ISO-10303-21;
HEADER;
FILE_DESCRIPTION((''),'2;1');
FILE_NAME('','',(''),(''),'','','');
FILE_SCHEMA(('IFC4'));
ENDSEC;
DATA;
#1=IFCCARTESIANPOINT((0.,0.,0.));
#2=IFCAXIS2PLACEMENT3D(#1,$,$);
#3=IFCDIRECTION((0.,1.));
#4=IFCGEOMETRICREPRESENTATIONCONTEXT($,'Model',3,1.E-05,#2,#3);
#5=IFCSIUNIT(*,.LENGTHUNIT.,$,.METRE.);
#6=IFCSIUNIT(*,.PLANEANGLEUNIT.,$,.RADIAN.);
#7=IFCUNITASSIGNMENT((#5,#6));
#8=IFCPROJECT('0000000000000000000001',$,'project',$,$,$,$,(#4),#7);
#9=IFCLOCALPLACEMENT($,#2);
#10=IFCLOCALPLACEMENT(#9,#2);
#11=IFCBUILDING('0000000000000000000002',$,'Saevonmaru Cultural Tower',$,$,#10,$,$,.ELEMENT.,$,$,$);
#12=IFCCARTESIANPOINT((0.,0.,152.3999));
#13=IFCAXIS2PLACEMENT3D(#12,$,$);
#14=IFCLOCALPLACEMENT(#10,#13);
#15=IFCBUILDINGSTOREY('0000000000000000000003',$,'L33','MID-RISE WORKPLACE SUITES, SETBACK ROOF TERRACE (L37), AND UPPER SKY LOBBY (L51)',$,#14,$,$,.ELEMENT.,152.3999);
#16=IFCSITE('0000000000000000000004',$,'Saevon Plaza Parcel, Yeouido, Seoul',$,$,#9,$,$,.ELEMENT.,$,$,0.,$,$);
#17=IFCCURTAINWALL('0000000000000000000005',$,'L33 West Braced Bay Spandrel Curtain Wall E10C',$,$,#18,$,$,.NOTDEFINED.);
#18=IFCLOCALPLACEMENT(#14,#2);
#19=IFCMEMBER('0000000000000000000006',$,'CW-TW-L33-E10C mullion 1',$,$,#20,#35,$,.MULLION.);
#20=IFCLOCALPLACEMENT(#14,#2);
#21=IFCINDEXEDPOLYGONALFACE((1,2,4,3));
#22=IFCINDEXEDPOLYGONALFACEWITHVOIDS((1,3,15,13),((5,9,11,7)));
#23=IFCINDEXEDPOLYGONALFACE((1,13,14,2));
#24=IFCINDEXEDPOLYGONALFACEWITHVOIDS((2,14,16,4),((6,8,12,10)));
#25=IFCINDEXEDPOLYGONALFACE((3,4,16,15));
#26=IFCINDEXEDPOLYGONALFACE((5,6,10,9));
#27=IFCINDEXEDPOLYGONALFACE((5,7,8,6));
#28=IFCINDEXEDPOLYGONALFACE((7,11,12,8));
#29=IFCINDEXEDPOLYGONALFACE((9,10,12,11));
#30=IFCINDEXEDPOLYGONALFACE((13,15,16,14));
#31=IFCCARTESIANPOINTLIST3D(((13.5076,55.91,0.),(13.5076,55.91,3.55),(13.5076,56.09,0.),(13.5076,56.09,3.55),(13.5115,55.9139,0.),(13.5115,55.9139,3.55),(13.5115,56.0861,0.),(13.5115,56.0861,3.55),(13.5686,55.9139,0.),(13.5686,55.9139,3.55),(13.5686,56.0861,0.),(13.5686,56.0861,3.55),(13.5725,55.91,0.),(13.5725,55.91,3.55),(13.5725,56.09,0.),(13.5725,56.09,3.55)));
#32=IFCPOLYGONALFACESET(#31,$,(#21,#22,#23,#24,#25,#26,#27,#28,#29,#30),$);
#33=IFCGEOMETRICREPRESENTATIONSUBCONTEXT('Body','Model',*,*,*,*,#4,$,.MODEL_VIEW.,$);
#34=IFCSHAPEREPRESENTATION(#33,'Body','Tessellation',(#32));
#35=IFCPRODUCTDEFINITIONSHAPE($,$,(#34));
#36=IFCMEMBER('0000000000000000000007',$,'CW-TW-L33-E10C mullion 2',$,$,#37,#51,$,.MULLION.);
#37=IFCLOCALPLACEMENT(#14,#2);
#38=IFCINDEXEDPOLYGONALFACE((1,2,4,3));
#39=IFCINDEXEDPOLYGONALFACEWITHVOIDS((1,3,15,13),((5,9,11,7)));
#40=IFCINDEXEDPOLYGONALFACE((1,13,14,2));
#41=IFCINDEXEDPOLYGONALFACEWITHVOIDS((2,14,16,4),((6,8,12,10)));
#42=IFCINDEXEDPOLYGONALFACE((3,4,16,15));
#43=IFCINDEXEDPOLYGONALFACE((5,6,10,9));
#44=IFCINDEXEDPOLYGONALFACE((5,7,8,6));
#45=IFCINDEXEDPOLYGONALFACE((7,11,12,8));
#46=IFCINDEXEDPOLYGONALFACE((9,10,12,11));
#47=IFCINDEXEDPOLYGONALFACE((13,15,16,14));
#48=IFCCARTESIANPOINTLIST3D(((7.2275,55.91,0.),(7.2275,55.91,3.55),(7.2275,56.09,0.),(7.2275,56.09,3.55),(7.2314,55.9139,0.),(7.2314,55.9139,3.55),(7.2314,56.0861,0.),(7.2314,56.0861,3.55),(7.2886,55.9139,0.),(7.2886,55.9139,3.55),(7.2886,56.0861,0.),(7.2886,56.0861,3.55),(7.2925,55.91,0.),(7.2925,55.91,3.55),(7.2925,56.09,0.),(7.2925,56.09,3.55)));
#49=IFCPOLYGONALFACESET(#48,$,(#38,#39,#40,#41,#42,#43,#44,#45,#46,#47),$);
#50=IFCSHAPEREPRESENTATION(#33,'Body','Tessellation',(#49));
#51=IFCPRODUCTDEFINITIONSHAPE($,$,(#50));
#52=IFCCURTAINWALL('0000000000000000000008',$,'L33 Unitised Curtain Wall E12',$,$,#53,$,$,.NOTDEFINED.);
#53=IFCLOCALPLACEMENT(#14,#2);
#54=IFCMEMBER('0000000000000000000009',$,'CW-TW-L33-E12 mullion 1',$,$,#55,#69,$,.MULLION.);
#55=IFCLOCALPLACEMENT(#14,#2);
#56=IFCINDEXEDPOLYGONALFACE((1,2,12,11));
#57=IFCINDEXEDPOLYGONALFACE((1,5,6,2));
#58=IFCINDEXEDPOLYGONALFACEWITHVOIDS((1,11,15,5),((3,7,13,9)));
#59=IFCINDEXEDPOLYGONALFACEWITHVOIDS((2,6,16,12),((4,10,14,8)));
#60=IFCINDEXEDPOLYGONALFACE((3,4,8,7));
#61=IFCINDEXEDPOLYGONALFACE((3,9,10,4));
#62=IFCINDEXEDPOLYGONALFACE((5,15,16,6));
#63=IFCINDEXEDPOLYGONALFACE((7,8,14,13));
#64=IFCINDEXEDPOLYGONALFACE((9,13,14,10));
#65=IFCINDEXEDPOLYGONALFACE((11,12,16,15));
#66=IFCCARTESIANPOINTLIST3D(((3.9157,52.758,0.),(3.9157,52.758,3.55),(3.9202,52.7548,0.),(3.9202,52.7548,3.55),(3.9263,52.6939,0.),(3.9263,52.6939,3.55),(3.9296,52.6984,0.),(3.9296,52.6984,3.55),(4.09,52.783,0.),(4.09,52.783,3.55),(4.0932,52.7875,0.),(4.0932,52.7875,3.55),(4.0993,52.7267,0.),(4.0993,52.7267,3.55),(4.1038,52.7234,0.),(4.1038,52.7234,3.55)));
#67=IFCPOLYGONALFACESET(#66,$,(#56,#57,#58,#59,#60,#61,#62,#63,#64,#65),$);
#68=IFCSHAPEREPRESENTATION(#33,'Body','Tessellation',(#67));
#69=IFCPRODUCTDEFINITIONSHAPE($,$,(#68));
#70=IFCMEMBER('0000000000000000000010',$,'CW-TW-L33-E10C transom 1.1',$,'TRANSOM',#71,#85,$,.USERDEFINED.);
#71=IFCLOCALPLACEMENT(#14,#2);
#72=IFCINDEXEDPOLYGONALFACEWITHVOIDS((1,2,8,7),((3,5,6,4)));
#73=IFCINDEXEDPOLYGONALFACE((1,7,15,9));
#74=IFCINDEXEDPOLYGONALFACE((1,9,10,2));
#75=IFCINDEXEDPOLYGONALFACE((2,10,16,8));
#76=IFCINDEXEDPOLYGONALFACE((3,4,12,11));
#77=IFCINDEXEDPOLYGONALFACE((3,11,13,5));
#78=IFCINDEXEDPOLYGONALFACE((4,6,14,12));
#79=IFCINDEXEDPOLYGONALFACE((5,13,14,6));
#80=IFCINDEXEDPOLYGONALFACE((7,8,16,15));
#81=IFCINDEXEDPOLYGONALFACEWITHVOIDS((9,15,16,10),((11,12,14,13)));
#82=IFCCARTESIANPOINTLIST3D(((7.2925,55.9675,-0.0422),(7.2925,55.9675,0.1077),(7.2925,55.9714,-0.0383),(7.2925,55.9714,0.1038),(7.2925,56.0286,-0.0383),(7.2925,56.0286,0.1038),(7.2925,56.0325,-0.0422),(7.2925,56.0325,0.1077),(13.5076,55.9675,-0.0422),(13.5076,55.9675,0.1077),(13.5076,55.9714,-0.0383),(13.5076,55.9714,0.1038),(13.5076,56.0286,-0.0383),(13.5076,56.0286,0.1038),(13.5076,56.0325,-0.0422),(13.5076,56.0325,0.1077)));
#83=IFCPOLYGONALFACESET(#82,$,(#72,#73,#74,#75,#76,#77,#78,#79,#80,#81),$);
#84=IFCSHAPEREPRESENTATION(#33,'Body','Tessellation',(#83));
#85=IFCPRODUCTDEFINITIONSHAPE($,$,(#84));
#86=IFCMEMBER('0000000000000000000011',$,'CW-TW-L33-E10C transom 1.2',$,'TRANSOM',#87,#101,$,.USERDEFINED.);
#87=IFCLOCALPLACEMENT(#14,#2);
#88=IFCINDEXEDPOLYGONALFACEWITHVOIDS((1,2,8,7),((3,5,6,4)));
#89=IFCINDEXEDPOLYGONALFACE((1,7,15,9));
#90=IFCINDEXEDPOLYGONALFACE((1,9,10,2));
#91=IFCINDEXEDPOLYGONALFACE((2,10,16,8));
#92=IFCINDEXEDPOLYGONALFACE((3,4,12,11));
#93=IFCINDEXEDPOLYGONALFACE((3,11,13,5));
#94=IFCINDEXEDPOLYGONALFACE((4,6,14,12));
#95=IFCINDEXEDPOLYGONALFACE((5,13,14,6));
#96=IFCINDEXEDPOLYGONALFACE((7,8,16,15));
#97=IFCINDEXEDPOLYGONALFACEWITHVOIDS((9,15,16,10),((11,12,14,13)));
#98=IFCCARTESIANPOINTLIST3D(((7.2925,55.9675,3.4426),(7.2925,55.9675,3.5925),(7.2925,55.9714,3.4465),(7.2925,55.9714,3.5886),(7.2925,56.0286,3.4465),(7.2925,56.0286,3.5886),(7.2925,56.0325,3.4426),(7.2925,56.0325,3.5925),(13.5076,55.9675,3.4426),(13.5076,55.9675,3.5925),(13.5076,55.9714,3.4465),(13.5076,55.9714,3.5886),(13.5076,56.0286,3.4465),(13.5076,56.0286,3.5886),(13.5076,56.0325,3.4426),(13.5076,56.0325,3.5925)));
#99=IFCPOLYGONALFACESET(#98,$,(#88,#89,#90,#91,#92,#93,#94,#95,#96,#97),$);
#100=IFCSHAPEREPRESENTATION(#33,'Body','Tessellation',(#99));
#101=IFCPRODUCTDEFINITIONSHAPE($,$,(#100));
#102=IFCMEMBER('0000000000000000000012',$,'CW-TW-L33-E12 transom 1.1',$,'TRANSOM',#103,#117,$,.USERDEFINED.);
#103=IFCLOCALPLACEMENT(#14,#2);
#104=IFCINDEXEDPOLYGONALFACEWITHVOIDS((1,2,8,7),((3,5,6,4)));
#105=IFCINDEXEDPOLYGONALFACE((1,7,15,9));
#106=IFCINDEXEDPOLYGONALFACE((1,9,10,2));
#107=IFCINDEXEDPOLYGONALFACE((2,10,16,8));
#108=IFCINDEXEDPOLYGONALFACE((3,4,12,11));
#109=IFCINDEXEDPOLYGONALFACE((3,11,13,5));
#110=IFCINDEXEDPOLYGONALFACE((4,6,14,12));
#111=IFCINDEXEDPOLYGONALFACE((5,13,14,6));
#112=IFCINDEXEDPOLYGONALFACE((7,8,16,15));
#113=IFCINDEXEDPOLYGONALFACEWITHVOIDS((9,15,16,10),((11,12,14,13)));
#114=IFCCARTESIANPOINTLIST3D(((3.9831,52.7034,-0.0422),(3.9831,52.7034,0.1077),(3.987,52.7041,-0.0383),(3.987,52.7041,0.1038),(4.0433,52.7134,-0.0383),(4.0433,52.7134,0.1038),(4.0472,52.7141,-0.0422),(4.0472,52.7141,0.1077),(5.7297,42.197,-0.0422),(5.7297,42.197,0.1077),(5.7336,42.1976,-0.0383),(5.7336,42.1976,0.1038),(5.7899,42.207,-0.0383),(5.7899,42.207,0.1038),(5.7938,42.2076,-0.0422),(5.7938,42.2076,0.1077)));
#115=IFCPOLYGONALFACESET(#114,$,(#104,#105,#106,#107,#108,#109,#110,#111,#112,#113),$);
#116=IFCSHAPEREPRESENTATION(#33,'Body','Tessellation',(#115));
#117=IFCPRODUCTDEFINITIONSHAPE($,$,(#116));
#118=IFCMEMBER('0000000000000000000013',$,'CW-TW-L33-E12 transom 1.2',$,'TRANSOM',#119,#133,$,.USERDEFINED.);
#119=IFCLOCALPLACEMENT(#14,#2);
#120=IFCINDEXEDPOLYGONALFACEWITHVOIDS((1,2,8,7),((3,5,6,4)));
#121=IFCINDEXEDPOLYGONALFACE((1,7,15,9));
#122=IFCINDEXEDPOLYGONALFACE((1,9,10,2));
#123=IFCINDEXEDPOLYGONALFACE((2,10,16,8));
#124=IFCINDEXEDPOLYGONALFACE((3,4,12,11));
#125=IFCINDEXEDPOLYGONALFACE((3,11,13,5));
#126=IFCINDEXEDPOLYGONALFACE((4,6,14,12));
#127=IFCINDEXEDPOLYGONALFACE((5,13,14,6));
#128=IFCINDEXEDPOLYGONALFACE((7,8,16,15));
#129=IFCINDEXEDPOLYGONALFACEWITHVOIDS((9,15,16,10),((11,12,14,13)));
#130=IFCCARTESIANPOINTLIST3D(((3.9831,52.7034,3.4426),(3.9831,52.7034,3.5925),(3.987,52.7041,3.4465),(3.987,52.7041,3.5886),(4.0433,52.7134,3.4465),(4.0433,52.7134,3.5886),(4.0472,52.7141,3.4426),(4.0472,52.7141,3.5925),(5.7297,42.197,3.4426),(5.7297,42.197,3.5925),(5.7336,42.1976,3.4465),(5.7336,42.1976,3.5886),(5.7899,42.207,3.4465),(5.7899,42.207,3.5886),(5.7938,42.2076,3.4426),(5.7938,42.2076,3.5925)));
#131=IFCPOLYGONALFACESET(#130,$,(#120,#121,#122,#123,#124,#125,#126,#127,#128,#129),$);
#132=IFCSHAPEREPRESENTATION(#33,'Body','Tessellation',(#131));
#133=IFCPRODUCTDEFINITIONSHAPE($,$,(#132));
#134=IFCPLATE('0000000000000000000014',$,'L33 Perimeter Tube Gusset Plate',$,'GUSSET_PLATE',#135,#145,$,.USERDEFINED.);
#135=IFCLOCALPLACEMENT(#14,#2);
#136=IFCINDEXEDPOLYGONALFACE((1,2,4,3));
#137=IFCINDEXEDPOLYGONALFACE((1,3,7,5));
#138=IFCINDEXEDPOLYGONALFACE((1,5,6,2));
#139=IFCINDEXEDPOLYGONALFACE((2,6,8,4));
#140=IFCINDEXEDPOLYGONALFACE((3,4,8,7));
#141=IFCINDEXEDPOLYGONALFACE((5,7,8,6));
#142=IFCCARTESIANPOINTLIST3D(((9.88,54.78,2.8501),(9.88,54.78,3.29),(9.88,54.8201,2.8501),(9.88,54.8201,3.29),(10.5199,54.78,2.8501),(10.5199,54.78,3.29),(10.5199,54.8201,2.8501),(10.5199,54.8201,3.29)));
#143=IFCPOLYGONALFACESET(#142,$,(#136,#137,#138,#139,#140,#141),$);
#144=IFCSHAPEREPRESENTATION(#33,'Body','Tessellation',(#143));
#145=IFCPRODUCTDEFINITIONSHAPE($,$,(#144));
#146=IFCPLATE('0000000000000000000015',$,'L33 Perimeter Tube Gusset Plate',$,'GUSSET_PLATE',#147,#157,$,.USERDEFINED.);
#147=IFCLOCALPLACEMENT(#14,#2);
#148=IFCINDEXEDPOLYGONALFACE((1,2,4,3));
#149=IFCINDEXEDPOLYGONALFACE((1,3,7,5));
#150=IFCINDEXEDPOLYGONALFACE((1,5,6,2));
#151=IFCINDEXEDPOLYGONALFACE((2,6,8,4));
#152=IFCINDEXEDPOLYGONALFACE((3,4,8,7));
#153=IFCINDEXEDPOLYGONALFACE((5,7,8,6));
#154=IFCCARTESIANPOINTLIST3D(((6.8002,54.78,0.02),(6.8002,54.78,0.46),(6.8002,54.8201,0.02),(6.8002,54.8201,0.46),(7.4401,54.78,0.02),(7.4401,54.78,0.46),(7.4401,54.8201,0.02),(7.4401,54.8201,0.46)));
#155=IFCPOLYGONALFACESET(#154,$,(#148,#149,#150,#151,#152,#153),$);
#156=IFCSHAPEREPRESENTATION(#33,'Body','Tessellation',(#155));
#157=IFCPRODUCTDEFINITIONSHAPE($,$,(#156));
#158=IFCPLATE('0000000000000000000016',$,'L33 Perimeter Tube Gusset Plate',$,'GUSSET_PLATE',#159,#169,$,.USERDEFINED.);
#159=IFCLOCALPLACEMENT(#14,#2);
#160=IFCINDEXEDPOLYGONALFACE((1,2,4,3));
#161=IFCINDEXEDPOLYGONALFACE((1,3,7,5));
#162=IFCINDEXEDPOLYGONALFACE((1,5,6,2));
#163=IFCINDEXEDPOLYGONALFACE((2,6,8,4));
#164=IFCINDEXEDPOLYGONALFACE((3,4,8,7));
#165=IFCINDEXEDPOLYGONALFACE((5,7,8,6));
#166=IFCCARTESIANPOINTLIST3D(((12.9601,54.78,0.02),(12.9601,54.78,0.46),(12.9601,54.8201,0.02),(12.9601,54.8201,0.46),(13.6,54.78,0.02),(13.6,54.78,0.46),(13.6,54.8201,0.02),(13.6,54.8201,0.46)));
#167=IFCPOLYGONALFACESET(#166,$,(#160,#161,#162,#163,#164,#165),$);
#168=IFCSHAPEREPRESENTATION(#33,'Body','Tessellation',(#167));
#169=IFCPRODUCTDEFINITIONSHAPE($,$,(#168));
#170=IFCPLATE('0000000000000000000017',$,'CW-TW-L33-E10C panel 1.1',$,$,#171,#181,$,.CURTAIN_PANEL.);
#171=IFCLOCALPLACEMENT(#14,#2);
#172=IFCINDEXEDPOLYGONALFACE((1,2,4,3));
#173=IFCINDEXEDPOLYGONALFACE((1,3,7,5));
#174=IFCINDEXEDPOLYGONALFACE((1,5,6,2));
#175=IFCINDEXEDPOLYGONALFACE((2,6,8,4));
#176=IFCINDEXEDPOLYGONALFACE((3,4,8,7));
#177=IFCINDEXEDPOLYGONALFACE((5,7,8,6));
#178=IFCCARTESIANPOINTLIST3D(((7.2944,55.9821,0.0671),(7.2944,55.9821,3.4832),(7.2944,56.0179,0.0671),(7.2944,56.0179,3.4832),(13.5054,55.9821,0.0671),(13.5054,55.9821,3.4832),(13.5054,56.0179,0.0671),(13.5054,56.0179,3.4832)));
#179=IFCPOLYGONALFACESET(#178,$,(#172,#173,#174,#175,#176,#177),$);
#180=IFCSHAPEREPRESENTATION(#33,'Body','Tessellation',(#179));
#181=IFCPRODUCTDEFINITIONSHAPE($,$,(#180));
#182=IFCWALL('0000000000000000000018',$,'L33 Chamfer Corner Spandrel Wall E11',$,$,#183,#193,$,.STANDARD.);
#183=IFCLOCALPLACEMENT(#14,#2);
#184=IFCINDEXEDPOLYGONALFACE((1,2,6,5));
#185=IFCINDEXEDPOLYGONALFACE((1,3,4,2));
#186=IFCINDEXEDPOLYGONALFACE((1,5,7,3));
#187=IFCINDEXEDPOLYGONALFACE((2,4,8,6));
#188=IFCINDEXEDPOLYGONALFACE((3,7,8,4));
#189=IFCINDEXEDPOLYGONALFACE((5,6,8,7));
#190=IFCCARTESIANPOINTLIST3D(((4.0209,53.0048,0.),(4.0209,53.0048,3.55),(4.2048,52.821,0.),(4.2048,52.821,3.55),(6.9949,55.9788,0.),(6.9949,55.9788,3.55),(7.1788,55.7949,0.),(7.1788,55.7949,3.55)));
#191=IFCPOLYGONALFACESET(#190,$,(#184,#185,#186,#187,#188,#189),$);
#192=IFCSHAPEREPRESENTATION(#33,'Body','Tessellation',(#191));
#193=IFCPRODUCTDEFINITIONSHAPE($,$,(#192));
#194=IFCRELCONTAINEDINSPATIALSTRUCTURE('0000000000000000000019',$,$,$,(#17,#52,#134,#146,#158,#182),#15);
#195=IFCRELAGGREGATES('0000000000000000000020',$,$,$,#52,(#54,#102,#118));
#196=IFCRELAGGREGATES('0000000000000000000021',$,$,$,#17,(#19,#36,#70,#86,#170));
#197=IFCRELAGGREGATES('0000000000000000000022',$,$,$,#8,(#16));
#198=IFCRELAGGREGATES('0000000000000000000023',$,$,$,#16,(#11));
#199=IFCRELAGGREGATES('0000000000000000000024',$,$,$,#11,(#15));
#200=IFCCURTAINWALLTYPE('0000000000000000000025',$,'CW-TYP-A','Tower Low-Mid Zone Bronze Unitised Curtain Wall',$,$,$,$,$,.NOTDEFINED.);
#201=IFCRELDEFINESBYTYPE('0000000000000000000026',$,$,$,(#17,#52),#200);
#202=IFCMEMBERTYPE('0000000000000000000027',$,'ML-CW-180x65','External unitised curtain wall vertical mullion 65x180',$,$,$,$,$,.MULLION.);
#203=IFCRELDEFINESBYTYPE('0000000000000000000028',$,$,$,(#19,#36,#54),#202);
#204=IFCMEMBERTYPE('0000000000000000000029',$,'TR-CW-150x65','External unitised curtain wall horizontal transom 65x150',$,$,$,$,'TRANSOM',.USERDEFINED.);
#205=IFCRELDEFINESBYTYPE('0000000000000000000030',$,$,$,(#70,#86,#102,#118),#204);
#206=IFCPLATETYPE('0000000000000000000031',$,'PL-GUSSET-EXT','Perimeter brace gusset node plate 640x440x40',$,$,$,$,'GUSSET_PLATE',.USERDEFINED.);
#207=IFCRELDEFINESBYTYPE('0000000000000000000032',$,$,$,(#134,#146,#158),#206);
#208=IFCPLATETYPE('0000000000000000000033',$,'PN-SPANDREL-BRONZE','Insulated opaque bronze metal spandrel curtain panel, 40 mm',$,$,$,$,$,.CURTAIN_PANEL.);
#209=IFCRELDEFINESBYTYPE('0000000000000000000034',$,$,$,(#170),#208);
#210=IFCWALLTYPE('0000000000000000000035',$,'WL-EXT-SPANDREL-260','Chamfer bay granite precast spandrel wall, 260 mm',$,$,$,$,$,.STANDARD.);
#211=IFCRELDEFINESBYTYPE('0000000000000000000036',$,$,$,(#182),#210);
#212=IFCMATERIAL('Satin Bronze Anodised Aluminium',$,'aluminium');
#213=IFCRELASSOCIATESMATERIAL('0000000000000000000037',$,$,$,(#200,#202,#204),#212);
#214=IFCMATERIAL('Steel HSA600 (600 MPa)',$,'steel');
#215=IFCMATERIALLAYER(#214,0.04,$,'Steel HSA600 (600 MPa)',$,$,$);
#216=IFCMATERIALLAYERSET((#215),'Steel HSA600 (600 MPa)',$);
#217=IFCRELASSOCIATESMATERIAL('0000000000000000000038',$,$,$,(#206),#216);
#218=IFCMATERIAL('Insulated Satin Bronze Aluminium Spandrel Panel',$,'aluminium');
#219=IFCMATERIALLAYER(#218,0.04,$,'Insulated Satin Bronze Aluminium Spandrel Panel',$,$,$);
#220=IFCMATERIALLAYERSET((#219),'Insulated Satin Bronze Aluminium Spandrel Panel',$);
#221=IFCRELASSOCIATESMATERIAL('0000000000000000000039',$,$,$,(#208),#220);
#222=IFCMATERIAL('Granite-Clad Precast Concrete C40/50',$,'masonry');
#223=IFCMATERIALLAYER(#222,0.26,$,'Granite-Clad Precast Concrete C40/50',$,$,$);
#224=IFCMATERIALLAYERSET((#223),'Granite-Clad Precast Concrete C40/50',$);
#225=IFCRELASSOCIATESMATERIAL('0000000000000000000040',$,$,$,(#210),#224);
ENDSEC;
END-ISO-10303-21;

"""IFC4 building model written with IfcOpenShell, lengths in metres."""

from ifc_helpers import new_model, si_unit, direction, frame, frame_2d, origin, origin_2d, place, context, subcontext, project, spatial, rectangle, hollow_rectangle, extrude, material, layer, layer_set, material_profile, profile_set, type_object, element, aggregate, save


model = new_model("IFC4")

# Units and contexts
model_context = context("Model", 3, precision=1e-05, world=origin(), true_north=direction((0.0, 1.0)))
body_context = subcontext(model_context, "Body", "Model", "MODEL_VIEW")
ifc_project = project(units=[si_unit("LENGTHUNIT", "METRE"), si_unit("PLANEANGLEUNIT", "RADIAN")], contexts=[model_context])

# Site, building, storey
site_placement = place(None, origin())
site = spatial("IfcSite", under=ifc_project, at=site_placement, Name="Saevon Plaza Parcel, Yeouido, Seoul", CompositionType="ELEMENT", RefElevation=0.0)
building_placement = place(site_placement, origin())
building = spatial("IfcBuilding", under=site, at=building_placement, Name="Saevonmaru Cultural Tower", CompositionType="ELEMENT")
storey_placement = place(building_placement, frame((0.0, 0.0, 152.3999)))
storey = spatial("IfcBuildingStorey", under=building, at=storey_placement, Name="L33", Description="MID-RISE WORKPLACE SUITES, SETBACK ROOF TERRACE (L37), AND UPPER SKY LOBBY (L51)", CompositionType="ELEMENT", Elevation=152.3999)

# Curtain wall, members
ifc_material_1 = material(Name="Satin Bronze Anodised Aluminium", Category="aluminium")
curtain_wall_type = type_object("IfcCurtainWallType", Name="CW-TYP-A", Description="Tower Low-Mid Zone Bronze Unitised Curtain Wall", PredefinedType="NOTDEFINED", material=ifc_material_1)
curtain_wall_1_placement = place(storey_placement, origin())
curtain_wall_1 = element("IfcCurtainWall", 1, at=curtain_wall_1_placement, inside=storey, type_object=curtain_wall_type, Name="L33 West Braced Bay Spandrel Curtain Wall E10C", PredefinedType="NOTDEFINED")
ifc_material_profile_1 = material_profile(ifc_material_1, hollow_rectangle(XDim=0.0649, YDim=0.1799, WallThickness=0.0039, at=origin_2d()), Name="ALU-MULL-180x65x4")
ifc_profile_set_1 = profile_set([ifc_material_profile_1], Name="Satin Bronze Anodised Aluminium")
member_type_1 = type_object("IfcMemberType", Name="ML-CW-180x65", Description="External unitised curtain wall vertical mullion 65x180", PredefinedType="MULLION", material=ifc_profile_set_1)
member_1_placement = place(storey_placement, frame((13.54, 56.0, 0.0), z_axis=(0.0, 0.0, 1.0), x_axis=(-1.0, 0.0, 0.0)))
member_1 = element("IfcMember", 2, at=member_1_placement, type_object=member_type_1, Name="CW-TW-L33-E10C mullion 1", PredefinedType="MULLION", context=body_context, shape_type="SweptSolid", body=[
    extrude(hollow_rectangle(XDim=0.0649, YDim=0.1799, WallThickness=0.0039, at=origin_2d()), origin(), (0.0, 0.0, 1.0), 3.55),
])
member_2_placement = place(storey_placement, frame((7.26, 56.0, 0.0), z_axis=(0.0, 0.0, 1.0), x_axis=(-1.0, 0.0, 0.0)))
member_2 = element("IfcMember", 3, at=member_2_placement, type_object=member_type_1, Name="CW-TW-L33-E10C mullion 2", PredefinedType="MULLION", context=body_context, shape_type="SweptSolid", body=[
    extrude(hollow_rectangle(XDim=0.0649, YDim=0.1799, WallThickness=0.0039, at=origin_2d()), origin(), (0.0, 0.0, 1.0), 3.55),
])

# Curtain wall, member
curtain_wall_2_placement = place(storey_placement, origin())
curtain_wall_2 = element("IfcCurtainWall", 4, at=curtain_wall_2_placement, inside=storey, type_object=curtain_wall_type, Name="L33 Unitised Curtain Wall E12", PredefinedType="NOTDEFINED")
member_3_placement = place(storey_placement, frame((4.0098, 52.7407, 0.0), z_axis=(0.0, 0.0, 1.0), x_axis=(0.163999, -0.986461, 0.0)))
member_3 = element("IfcMember", 5, at=member_3_placement, type_object=member_type_1, Name="CW-TW-L33-E12 mullion 1", PredefinedType="MULLION", context=body_context, shape_type="SweptSolid", body=[
    extrude(hollow_rectangle(XDim=0.0649, YDim=0.1799, WallThickness=0.0039, at=origin_2d()), origin(), (0.0, 0.0, 1.0), 3.55),
])

# Members
ifc_material_profile_2 = material_profile(ifc_material_1, hollow_rectangle(XDim=0.0649, YDim=0.1499, WallThickness=0.0039, at=origin_2d()), Name="ALU-TRAN-150x65x4")
ifc_profile_set_2 = profile_set([ifc_material_profile_2], Name="Satin Bronze Anodised Aluminium")
member_type_2 = type_object("IfcMemberType", Name="TR-CW-150x65", Description="External unitised curtain wall horizontal transom 65x150", ElementType="TRANSOM", PredefinedType="USERDEFINED", material=ifc_profile_set_2)
member_4_placement = place(storey_placement, frame((13.5076, 56.0, 0.0327), z_axis=(-1.0, 0.0, 0.0), x_axis=(0.0, -1.0, 0.0)))
member_4 = element("IfcMember", 6, at=member_4_placement, type_object=member_type_2, Name="CW-TW-L33-E10C transom 1.1", ObjectType="TRANSOM", PredefinedType="USERDEFINED", context=body_context, shape_type="SweptSolid", body=[
    extrude(hollow_rectangle(XDim=0.0649, YDim=0.1499, WallThickness=0.0039, at=origin_2d()), origin(), (0.0, 0.0, 1.0), 6.2151),
])
member_5_placement = place(storey_placement, frame((13.5076, 56.0, 3.5176), z_axis=(-1.0, 0.0, 0.0), x_axis=(0.0, -1.0, 0.0)))
member_5 = element("IfcMember", 7, at=member_5_placement, type_object=member_type_2, Name="CW-TW-L33-E10C transom 1.2", ObjectType="TRANSOM", PredefinedType="USERDEFINED", context=body_context, shape_type="SweptSolid", body=[
    extrude(hollow_rectangle(XDim=0.0649, YDim=0.1499, WallThickness=0.0039, at=origin_2d()), origin(), (0.0, 0.0, 1.0), 6.2151),
])
member_6_placement = place(storey_placement, frame((4.0151, 52.7087, 0.0327), z_axis=(0.16399, -0.986462, 0.0), x_axis=(0.986462, 0.16399, 0.0)))
member_6 = element("IfcMember", 8, at=member_6_placement, type_object=member_type_2, Name="CW-TW-L33-E12 transom 1.1", ObjectType="TRANSOM", PredefinedType="USERDEFINED", context=body_context, shape_type="SweptSolid", body=[
    extrude(hollow_rectangle(XDim=0.0649, YDim=0.1499, WallThickness=0.0039, at=origin_2d()), origin(), (0.0, 0.0, 1.0), 10.6506),
])
member_7_placement = place(storey_placement, frame((4.0151, 52.7087, 3.5176), z_axis=(0.16399, -0.986462, 0.0), x_axis=(0.986462, 0.16399, 0.0)))
member_7 = element("IfcMember", 9, at=member_7_placement, type_object=member_type_2, Name="CW-TW-L33-E12 transom 1.2", ObjectType="TRANSOM", PredefinedType="USERDEFINED", context=body_context, shape_type="SweptSolid", body=[
    extrude(hollow_rectangle(XDim=0.0649, YDim=0.1499, WallThickness=0.0039, at=origin_2d()), origin(), (0.0, 0.0, 1.0), 10.6506),
])
aggregate(curtain_wall_2, [member_3, member_6, member_7])

# Plates
ifc_material_2 = material(Name="Steel HSA600 (600 MPa)", Category="steel")
ifc_layer_1 = layer(ifc_material_2, 0.04, Name="Steel HSA600 (600 MPa)")
ifc_layer_set_1 = layer_set([ifc_layer_1], Name="Steel HSA600 (600 MPa)")
plate_type_1 = type_object("IfcPlateType", Name="PL-GUSSET-EXT", Description="Perimeter brace gusset node plate 640x440x40", ElementType="GUSSET_PLATE", PredefinedType="USERDEFINED", material=ifc_layer_set_1)
for number, where, z_axis, x_axis, name in (
    (10, (10.2, 54.8, 2.8501), (0.0, 0.0, 1.0), (1.0, 0.0, 0.0), "L33 Perimeter Tube Gusset Plate"),
    (11, (7.1201, 54.8, 0.02), (0.0, 0.0, 1.0), (1.0, 0.0, 0.0), "L33 Perimeter Tube Gusset Plate"),
    (12, (13.28, 54.8, 0.02), (0.0, 0.0, 1.0), (1.0, 0.0, 0.0), "L33 Perimeter Tube Gusset Plate"),
):
    element("IfcPlate", number, at=place(storey_placement, frame(where, z_axis=z_axis, x_axis=x_axis)), inside=storey, type_object=plate_type_1, Name=name, ObjectType="GUSSET_PLATE", PredefinedType="USERDEFINED", context=body_context, shape_type="SweptSolid", body=[
        extrude(rectangle(XDim=0.6399, YDim=0.04, at=origin_2d()), origin(), (0.0, 0.0, 1.0), 0.4399),
    ])

# Plate
ifc_material_3 = material(Name="Insulated Satin Bronze Aluminium Spandrel Panel", Category="aluminium")
ifc_layer_2 = layer(ifc_material_3, 0.04, Name="Insulated Satin Bronze Aluminium Spandrel Panel")
ifc_layer_set_2 = layer_set([ifc_layer_2], Name="Insulated Satin Bronze Aluminium Spandrel Panel")
plate_type_2 = type_object("IfcPlateType", Name="PN-SPANDREL-BRONZE", Description="Insulated opaque bronze metal spandrel curtain panel, 40 mm", PredefinedType="CURTAIN_PANEL", material=ifc_layer_set_2)
plate_placement = place(storey_placement, frame((10.3999, 56.0, 0.0671), z_axis=(0.0, 0.0, 1.0), x_axis=(-1.0, 0.0, 0.0)))
plate = element("IfcPlate", 13, at=plate_placement, type_object=plate_type_2, Name="CW-TW-L33-E10C panel 1.1", PredefinedType="CURTAIN_PANEL", context=body_context, shape_type="SweptSolid", body=[
    extrude(rectangle(XDim=6.2109, YDim=0.0359, at=origin_2d()), origin(), (0.0, 0.0, 1.0), 3.416),
])
aggregate(curtain_wall_1, [member_1, member_2, member_4, member_5, plate])

# Wall
ifc_material_4 = material(Name="Granite-Clad Precast Concrete C40/50", Category="masonry")
ifc_layer_3 = layer(ifc_material_4, 0.26, Name="Granite-Clad Precast Concrete C40/50")
ifc_layer_set_3 = layer_set([ifc_layer_3], Name="Granite-Clad Precast Concrete C40/50")
wall_type_1 = type_object("IfcWallType", Name="WL-EXT-SPANDREL-260", Description="Chamfer bay granite precast spandrel wall, 260 mm", PredefinedType="STANDARD", material=ifc_layer_set_3)
wall_1_placement = place(storey_placement, frame((7.0869, 55.887, 0.0), z_axis=(0.0, 0.0, 1.0), x_axis=(-0.707107, -0.707107, 0.0)))
element("IfcWall", 14, at=wall_1_placement, inside=storey, type_object=wall_type_1, Name="L33 Chamfer Corner Spandrel Wall E11", PredefinedType="STANDARD", context=body_context, shape_type="SweptSolid", body=[
    extrude(rectangle(XDim=4.2058, YDim=0.26, at=frame_2d((2.103, 0.0))), origin(), (0.0, 0.0, 1.0), 3.55),
])

save(model, "model.ifc")
